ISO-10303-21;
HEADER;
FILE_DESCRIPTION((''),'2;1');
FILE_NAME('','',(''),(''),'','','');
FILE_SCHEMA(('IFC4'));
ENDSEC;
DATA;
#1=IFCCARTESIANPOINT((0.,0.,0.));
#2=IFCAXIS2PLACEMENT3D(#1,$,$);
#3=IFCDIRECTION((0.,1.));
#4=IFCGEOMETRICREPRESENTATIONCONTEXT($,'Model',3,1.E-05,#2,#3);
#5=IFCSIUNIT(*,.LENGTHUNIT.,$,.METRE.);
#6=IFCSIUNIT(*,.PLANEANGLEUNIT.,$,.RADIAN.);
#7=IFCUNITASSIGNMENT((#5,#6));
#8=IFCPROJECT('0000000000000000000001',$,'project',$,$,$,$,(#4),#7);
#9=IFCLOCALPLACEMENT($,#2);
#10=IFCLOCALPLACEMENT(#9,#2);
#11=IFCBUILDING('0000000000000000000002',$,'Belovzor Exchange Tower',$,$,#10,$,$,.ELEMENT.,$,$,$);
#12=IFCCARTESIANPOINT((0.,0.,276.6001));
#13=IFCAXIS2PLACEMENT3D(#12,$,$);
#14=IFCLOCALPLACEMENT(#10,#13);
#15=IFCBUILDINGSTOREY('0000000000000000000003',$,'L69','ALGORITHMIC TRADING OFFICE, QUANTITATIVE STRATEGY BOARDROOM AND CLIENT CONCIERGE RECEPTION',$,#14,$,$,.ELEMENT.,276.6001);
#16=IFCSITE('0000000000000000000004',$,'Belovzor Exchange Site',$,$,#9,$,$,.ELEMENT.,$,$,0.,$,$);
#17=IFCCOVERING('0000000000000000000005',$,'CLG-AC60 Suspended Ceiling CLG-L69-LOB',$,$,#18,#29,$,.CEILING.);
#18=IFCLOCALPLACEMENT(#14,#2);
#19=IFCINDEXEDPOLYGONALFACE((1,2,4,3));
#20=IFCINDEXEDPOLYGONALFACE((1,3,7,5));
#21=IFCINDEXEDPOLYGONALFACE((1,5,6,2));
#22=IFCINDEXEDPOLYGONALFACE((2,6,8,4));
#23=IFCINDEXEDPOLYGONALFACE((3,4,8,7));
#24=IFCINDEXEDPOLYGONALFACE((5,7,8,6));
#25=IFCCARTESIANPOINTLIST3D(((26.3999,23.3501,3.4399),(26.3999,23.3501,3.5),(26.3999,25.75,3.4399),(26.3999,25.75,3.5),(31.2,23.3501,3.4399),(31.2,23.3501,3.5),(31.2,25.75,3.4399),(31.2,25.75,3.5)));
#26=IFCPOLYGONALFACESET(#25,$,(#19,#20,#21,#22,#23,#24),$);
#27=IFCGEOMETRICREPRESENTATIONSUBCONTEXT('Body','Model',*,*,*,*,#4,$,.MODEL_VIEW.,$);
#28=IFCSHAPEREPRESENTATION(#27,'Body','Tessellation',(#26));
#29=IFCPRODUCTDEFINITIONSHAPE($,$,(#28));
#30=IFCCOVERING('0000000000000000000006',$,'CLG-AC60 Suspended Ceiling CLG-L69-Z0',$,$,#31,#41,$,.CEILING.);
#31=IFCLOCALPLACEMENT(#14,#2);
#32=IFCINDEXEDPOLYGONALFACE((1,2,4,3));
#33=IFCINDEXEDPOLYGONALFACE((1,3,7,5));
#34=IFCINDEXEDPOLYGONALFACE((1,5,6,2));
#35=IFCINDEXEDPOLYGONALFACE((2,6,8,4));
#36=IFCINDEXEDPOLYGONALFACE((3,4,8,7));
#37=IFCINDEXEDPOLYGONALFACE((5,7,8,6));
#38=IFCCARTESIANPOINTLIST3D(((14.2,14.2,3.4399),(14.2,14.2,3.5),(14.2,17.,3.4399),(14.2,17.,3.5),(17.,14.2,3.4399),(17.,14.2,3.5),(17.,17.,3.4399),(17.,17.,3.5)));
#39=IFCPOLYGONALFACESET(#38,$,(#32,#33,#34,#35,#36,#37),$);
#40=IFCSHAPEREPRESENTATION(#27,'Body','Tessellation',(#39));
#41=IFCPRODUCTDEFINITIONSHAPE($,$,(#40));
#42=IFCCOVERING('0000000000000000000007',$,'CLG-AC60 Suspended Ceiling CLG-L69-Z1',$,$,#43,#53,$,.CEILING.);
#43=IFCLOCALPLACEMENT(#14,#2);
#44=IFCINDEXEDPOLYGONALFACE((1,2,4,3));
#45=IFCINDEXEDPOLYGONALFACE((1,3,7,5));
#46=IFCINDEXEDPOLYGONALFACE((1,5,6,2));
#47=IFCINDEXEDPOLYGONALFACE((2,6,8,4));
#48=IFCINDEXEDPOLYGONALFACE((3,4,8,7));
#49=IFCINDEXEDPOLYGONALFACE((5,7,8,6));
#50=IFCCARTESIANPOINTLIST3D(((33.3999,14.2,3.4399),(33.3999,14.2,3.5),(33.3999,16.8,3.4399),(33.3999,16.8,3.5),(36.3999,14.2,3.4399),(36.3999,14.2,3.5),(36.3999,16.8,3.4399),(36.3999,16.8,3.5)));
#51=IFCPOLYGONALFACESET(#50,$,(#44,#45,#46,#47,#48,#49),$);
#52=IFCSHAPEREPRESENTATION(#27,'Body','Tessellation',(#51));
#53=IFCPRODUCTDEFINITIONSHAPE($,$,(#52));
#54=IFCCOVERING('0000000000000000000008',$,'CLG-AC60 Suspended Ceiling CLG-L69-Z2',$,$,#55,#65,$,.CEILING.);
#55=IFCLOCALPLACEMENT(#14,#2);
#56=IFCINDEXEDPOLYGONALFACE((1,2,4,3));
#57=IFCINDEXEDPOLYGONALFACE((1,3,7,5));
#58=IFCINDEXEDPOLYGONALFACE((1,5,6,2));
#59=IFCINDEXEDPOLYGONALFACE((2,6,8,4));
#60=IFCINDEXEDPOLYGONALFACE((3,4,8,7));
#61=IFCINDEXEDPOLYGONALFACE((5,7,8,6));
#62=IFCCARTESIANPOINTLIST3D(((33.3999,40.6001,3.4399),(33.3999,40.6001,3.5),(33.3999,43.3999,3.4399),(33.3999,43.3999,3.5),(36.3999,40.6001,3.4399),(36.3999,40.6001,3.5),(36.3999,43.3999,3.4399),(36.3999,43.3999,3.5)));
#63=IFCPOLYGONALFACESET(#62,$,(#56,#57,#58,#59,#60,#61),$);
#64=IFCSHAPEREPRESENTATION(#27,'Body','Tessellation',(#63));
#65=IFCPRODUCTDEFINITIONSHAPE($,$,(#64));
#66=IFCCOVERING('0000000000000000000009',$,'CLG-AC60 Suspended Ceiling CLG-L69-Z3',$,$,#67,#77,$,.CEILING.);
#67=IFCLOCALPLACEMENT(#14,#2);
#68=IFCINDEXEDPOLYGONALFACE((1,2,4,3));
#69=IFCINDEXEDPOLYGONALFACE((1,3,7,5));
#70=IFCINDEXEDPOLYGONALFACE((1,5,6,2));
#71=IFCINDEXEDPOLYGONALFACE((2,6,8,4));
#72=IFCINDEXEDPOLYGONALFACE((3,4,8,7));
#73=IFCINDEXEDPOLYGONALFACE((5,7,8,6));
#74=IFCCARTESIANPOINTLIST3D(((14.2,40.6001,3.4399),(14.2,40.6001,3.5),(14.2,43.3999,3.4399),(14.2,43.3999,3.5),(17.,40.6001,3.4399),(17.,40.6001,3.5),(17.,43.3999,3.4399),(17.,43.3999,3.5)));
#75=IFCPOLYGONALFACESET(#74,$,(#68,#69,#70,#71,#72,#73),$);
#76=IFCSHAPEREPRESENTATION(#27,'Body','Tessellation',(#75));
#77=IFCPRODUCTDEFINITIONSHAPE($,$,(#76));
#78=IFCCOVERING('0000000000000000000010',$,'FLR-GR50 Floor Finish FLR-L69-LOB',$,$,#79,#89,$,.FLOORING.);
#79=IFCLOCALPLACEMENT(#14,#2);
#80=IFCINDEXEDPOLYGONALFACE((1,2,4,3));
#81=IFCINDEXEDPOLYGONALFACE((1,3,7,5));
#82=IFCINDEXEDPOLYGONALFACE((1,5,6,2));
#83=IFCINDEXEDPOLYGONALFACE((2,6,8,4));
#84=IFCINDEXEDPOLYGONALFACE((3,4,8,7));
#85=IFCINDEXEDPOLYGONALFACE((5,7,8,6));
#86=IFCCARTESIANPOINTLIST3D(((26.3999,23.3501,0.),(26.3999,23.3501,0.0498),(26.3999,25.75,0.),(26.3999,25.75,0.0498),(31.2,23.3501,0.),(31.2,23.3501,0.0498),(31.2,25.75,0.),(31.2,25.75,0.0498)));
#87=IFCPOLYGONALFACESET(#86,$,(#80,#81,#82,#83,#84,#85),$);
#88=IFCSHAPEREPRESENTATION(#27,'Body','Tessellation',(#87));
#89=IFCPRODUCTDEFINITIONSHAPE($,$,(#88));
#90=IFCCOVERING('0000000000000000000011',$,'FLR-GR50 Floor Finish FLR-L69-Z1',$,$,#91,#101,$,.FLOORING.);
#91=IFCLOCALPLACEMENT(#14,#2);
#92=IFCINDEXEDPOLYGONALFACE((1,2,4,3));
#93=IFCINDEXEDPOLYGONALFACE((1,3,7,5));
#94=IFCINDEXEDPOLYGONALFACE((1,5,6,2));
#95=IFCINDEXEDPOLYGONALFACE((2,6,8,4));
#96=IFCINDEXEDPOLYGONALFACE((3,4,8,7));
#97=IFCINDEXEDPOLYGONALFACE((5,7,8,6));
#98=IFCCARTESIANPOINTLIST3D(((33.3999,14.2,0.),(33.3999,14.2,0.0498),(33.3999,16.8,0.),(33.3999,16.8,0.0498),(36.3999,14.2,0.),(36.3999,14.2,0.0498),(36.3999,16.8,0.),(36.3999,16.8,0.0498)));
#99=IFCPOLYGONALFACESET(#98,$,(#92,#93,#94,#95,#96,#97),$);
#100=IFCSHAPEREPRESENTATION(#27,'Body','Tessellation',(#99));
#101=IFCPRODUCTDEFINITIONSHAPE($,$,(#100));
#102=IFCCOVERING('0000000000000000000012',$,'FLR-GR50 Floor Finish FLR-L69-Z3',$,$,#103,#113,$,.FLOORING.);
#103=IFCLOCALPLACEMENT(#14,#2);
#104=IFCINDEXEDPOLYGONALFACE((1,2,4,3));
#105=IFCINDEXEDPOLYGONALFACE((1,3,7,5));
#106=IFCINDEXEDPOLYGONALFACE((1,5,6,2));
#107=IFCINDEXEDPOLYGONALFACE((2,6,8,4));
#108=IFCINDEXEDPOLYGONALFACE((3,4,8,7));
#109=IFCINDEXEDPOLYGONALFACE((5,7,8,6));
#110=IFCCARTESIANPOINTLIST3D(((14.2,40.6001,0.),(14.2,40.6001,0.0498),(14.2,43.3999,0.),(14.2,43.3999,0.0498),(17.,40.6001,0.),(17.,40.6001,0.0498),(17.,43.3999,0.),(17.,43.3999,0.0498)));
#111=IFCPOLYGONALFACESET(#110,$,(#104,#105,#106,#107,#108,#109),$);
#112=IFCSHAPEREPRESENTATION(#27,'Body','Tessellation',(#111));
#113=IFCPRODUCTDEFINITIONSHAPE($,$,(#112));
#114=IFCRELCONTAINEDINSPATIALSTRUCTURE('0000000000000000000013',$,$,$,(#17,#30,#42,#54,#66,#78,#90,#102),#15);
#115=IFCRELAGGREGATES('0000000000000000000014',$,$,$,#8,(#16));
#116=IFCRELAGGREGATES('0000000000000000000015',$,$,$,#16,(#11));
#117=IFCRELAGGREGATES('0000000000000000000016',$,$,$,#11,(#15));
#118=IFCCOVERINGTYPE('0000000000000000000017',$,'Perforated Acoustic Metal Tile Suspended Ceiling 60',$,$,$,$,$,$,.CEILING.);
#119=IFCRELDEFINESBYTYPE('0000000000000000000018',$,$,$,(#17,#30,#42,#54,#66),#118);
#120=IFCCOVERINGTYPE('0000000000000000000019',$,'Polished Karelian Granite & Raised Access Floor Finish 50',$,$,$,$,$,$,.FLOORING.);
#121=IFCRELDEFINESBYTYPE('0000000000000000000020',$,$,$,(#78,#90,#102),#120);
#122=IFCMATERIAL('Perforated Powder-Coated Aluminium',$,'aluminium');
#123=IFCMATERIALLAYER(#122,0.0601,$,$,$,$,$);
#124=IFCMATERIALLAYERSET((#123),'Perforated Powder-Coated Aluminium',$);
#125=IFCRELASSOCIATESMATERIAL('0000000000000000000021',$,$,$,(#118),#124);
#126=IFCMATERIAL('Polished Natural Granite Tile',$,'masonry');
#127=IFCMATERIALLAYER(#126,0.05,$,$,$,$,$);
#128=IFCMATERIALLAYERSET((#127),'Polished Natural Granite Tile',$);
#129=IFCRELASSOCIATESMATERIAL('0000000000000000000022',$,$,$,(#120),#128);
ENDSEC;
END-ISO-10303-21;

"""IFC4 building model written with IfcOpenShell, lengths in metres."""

from ifc_helpers import new_model, si_unit, direction, frame, origin, place, context, subcontext, project, spatial, polyline, outline, extrude, material, layer, layer_set, type_object, element, save


model = new_model("IFC4")

# Units and contexts
model_context = context("Model", 3, precision=1e-05, world=origin(), true_north=direction((0.0, 1.0)))
body_context = subcontext(model_context, "Body", "Model", "MODEL_VIEW")
ifc_project = project(units=[si_unit("LENGTHUNIT", "METRE"), si_unit("PLANEANGLEUNIT", "RADIAN")], contexts=[model_context])

# Site, building, storey
site_placement = place(None, origin())
site = spatial("IfcSite", under=ifc_project, at=site_placement, Name="Belovzor Exchange Site", CompositionType="ELEMENT", RefElevation=0.0)
building_placement = place(site_placement, origin())
building = spatial("IfcBuilding", under=site, at=building_placement, Name="Belovzor Exchange Tower", CompositionType="ELEMENT")
storey_placement = place(building_placement, frame((0.0, 0.0, 276.6001)))
storey = spatial("IfcBuildingStorey", under=building, at=storey_placement, Name="L69", Description="ALGORITHMIC TRADING OFFICE, QUANTITATIVE STRATEGY BOARDROOM AND CLIENT CONCIERGE RECEPTION", CompositionType="ELEMENT", Elevation=276.6001)

# Coverings
ifc_material_1 = material(Name="Perforated Powder-Coated Aluminium", Category="aluminium")
ifc_layer_1 = layer(ifc_material_1, 0.0601)
ifc_layer_set_1 = layer_set([ifc_layer_1], Name="Perforated Powder-Coated Aluminium")
covering_type_1 = type_object("IfcCoveringType", Name="Perforated Acoustic Metal Tile Suspended Ceiling 60", PredefinedType="CEILING", material=ifc_layer_set_1)
covering_1_placement = place(storey_placement, frame((0.0, 0.0, 3.4399)))
element("IfcCovering", 1, at=covering_1_placement, inside=storey, type_object=covering_type_1, Name="CLG-AC60 Suspended Ceiling CLG-L69-LOB", PredefinedType="CEILING", context=body_context, shape_type="SweptSolid", body=[
    extrude(outline(polyline([(26.3999, 23.3501), (31.2, 23.3501), (31.2, 25.75), (26.3999, 25.75), (26.3999, 23.3501)])), origin(), (0.0, 0.0, 1.0), 0.0601),
])
covering_2_placement = place(storey_placement, frame((0.0, 0.0, 3.4399)))
element("IfcCovering", 2, at=covering_2_placement, inside=storey, type_object=covering_type_1, Name="CLG-AC60 Suspended Ceiling CLG-L69-Z0", PredefinedType="CEILING", context=body_context, shape_type="SweptSolid", body=[
    extrude(outline(polyline([(14.2, 14.2), (17.0, 14.2), (17.0, 17.0), (14.2, 17.0), (14.2, 14.2)])), origin(), (0.0, 0.0, 1.0), 0.0601),
])
covering_3_placement = place(storey_placement, frame((0.0, 0.0, 3.4399)))
element("IfcCovering", 3, at=covering_3_placement, inside=storey, type_object=covering_type_1, Name="CLG-AC60 Suspended Ceiling CLG-L69-Z1", PredefinedType="CEILING", context=body_context, shape_type="SweptSolid", body=[
    extrude(outline(polyline([(33.3999, 14.2), (36.3999, 14.2), (36.3999, 16.8), (33.3999, 16.8), (33.3999, 14.2)])), origin(), (0.0, 0.0, 1.0), 0.0601),
])
covering_4_placement = place(storey_placement, frame((0.0, 0.0, 3.4399)))
element("IfcCovering", 4, at=covering_4_placement, inside=storey, type_object=covering_type_1, Name="CLG-AC60 Suspended Ceiling CLG-L69-Z2", PredefinedType="CEILING", context=body_context, shape_type="SweptSolid", body=[
    extrude(outline(polyline([(33.3999, 40.6001), (36.3999, 40.6001), (36.3999, 43.3999), (33.3999, 43.3999), (33.3999, 40.6001)])), origin(), (0.0, 0.0, 1.0), 0.0601),
])
covering_5_placement = place(storey_placement, frame((0.0, 0.0, 3.4399)))
element("IfcCovering", 5, at=covering_5_placement, inside=storey, type_object=covering_type_1, Name="CLG-AC60 Suspended Ceiling CLG-L69-Z3", PredefinedType="CEILING", context=body_context, shape_type="SweptSolid", body=[
    extrude(outline(polyline([(14.2, 40.6001), (17.0, 40.6001), (17.0, 43.3999), (14.2, 43.3999), (14.2, 40.6001)])), origin(), (0.0, 0.0, 1.0), 0.0601),
])
ifc_material_2 = material(Name="Polished Natural Granite Tile", Category="masonry")
ifc_layer_2 = layer(ifc_material_2, 0.05)
ifc_layer_set_2 = layer_set([ifc_layer_2], Name="Polished Natural Granite Tile")
covering_type_2 = type_object("IfcCoveringType", Name="Polished Karelian Granite & Raised Access Floor Finish 50", PredefinedType="FLOORING", material=ifc_layer_set_2)
covering_6_placement = place(storey_placement, origin())
element("IfcCovering", 6, at=covering_6_placement, inside=storey, type_object=covering_type_2, Name="FLR-GR50 Floor Finish FLR-L69-LOB", PredefinedType="FLOORING", context=body_context, shape_type="SweptSolid", body=[
    extrude(outline(polyline([(26.3999, 23.3501), (31.2, 23.3501), (31.2, 25.75), (26.3999, 25.75), (26.3999, 23.3501)])), origin(), (0.0, 0.0, 1.0), 0.0498),
])
covering_7_placement = place(storey_placement, origin())
element("IfcCovering", 7, at=covering_7_placement, inside=storey, type_object=covering_type_2, Name="FLR-GR50 Floor Finish FLR-L69-Z1", PredefinedType="FLOORING", context=body_context, shape_type="SweptSolid", body=[
    extrude(outline(polyline([(33.3999, 14.2), (36.3999, 14.2), (36.3999, 16.8), (33.3999, 16.8), (33.3999, 14.2)])), origin(), (0.0, 0.0, 1.0), 0.0498),
])
covering_8_placement = place(storey_placement, origin())
element("IfcCovering", 8, at=covering_8_placement, inside=storey, type_object=covering_type_2, Name="FLR-GR50 Floor Finish FLR-L69-Z3", PredefinedType="FLOORING", context=body_context, shape_type="SweptSolid", body=[
    extrude(outline(polyline([(14.2, 40.6001), (17.0, 40.6001), (17.0, 43.3999), (14.2, 43.3999), (14.2, 40.6001)])), origin(), (0.0, 0.0, 1.0), 0.0498),
])

save(model, "model.ifc")
